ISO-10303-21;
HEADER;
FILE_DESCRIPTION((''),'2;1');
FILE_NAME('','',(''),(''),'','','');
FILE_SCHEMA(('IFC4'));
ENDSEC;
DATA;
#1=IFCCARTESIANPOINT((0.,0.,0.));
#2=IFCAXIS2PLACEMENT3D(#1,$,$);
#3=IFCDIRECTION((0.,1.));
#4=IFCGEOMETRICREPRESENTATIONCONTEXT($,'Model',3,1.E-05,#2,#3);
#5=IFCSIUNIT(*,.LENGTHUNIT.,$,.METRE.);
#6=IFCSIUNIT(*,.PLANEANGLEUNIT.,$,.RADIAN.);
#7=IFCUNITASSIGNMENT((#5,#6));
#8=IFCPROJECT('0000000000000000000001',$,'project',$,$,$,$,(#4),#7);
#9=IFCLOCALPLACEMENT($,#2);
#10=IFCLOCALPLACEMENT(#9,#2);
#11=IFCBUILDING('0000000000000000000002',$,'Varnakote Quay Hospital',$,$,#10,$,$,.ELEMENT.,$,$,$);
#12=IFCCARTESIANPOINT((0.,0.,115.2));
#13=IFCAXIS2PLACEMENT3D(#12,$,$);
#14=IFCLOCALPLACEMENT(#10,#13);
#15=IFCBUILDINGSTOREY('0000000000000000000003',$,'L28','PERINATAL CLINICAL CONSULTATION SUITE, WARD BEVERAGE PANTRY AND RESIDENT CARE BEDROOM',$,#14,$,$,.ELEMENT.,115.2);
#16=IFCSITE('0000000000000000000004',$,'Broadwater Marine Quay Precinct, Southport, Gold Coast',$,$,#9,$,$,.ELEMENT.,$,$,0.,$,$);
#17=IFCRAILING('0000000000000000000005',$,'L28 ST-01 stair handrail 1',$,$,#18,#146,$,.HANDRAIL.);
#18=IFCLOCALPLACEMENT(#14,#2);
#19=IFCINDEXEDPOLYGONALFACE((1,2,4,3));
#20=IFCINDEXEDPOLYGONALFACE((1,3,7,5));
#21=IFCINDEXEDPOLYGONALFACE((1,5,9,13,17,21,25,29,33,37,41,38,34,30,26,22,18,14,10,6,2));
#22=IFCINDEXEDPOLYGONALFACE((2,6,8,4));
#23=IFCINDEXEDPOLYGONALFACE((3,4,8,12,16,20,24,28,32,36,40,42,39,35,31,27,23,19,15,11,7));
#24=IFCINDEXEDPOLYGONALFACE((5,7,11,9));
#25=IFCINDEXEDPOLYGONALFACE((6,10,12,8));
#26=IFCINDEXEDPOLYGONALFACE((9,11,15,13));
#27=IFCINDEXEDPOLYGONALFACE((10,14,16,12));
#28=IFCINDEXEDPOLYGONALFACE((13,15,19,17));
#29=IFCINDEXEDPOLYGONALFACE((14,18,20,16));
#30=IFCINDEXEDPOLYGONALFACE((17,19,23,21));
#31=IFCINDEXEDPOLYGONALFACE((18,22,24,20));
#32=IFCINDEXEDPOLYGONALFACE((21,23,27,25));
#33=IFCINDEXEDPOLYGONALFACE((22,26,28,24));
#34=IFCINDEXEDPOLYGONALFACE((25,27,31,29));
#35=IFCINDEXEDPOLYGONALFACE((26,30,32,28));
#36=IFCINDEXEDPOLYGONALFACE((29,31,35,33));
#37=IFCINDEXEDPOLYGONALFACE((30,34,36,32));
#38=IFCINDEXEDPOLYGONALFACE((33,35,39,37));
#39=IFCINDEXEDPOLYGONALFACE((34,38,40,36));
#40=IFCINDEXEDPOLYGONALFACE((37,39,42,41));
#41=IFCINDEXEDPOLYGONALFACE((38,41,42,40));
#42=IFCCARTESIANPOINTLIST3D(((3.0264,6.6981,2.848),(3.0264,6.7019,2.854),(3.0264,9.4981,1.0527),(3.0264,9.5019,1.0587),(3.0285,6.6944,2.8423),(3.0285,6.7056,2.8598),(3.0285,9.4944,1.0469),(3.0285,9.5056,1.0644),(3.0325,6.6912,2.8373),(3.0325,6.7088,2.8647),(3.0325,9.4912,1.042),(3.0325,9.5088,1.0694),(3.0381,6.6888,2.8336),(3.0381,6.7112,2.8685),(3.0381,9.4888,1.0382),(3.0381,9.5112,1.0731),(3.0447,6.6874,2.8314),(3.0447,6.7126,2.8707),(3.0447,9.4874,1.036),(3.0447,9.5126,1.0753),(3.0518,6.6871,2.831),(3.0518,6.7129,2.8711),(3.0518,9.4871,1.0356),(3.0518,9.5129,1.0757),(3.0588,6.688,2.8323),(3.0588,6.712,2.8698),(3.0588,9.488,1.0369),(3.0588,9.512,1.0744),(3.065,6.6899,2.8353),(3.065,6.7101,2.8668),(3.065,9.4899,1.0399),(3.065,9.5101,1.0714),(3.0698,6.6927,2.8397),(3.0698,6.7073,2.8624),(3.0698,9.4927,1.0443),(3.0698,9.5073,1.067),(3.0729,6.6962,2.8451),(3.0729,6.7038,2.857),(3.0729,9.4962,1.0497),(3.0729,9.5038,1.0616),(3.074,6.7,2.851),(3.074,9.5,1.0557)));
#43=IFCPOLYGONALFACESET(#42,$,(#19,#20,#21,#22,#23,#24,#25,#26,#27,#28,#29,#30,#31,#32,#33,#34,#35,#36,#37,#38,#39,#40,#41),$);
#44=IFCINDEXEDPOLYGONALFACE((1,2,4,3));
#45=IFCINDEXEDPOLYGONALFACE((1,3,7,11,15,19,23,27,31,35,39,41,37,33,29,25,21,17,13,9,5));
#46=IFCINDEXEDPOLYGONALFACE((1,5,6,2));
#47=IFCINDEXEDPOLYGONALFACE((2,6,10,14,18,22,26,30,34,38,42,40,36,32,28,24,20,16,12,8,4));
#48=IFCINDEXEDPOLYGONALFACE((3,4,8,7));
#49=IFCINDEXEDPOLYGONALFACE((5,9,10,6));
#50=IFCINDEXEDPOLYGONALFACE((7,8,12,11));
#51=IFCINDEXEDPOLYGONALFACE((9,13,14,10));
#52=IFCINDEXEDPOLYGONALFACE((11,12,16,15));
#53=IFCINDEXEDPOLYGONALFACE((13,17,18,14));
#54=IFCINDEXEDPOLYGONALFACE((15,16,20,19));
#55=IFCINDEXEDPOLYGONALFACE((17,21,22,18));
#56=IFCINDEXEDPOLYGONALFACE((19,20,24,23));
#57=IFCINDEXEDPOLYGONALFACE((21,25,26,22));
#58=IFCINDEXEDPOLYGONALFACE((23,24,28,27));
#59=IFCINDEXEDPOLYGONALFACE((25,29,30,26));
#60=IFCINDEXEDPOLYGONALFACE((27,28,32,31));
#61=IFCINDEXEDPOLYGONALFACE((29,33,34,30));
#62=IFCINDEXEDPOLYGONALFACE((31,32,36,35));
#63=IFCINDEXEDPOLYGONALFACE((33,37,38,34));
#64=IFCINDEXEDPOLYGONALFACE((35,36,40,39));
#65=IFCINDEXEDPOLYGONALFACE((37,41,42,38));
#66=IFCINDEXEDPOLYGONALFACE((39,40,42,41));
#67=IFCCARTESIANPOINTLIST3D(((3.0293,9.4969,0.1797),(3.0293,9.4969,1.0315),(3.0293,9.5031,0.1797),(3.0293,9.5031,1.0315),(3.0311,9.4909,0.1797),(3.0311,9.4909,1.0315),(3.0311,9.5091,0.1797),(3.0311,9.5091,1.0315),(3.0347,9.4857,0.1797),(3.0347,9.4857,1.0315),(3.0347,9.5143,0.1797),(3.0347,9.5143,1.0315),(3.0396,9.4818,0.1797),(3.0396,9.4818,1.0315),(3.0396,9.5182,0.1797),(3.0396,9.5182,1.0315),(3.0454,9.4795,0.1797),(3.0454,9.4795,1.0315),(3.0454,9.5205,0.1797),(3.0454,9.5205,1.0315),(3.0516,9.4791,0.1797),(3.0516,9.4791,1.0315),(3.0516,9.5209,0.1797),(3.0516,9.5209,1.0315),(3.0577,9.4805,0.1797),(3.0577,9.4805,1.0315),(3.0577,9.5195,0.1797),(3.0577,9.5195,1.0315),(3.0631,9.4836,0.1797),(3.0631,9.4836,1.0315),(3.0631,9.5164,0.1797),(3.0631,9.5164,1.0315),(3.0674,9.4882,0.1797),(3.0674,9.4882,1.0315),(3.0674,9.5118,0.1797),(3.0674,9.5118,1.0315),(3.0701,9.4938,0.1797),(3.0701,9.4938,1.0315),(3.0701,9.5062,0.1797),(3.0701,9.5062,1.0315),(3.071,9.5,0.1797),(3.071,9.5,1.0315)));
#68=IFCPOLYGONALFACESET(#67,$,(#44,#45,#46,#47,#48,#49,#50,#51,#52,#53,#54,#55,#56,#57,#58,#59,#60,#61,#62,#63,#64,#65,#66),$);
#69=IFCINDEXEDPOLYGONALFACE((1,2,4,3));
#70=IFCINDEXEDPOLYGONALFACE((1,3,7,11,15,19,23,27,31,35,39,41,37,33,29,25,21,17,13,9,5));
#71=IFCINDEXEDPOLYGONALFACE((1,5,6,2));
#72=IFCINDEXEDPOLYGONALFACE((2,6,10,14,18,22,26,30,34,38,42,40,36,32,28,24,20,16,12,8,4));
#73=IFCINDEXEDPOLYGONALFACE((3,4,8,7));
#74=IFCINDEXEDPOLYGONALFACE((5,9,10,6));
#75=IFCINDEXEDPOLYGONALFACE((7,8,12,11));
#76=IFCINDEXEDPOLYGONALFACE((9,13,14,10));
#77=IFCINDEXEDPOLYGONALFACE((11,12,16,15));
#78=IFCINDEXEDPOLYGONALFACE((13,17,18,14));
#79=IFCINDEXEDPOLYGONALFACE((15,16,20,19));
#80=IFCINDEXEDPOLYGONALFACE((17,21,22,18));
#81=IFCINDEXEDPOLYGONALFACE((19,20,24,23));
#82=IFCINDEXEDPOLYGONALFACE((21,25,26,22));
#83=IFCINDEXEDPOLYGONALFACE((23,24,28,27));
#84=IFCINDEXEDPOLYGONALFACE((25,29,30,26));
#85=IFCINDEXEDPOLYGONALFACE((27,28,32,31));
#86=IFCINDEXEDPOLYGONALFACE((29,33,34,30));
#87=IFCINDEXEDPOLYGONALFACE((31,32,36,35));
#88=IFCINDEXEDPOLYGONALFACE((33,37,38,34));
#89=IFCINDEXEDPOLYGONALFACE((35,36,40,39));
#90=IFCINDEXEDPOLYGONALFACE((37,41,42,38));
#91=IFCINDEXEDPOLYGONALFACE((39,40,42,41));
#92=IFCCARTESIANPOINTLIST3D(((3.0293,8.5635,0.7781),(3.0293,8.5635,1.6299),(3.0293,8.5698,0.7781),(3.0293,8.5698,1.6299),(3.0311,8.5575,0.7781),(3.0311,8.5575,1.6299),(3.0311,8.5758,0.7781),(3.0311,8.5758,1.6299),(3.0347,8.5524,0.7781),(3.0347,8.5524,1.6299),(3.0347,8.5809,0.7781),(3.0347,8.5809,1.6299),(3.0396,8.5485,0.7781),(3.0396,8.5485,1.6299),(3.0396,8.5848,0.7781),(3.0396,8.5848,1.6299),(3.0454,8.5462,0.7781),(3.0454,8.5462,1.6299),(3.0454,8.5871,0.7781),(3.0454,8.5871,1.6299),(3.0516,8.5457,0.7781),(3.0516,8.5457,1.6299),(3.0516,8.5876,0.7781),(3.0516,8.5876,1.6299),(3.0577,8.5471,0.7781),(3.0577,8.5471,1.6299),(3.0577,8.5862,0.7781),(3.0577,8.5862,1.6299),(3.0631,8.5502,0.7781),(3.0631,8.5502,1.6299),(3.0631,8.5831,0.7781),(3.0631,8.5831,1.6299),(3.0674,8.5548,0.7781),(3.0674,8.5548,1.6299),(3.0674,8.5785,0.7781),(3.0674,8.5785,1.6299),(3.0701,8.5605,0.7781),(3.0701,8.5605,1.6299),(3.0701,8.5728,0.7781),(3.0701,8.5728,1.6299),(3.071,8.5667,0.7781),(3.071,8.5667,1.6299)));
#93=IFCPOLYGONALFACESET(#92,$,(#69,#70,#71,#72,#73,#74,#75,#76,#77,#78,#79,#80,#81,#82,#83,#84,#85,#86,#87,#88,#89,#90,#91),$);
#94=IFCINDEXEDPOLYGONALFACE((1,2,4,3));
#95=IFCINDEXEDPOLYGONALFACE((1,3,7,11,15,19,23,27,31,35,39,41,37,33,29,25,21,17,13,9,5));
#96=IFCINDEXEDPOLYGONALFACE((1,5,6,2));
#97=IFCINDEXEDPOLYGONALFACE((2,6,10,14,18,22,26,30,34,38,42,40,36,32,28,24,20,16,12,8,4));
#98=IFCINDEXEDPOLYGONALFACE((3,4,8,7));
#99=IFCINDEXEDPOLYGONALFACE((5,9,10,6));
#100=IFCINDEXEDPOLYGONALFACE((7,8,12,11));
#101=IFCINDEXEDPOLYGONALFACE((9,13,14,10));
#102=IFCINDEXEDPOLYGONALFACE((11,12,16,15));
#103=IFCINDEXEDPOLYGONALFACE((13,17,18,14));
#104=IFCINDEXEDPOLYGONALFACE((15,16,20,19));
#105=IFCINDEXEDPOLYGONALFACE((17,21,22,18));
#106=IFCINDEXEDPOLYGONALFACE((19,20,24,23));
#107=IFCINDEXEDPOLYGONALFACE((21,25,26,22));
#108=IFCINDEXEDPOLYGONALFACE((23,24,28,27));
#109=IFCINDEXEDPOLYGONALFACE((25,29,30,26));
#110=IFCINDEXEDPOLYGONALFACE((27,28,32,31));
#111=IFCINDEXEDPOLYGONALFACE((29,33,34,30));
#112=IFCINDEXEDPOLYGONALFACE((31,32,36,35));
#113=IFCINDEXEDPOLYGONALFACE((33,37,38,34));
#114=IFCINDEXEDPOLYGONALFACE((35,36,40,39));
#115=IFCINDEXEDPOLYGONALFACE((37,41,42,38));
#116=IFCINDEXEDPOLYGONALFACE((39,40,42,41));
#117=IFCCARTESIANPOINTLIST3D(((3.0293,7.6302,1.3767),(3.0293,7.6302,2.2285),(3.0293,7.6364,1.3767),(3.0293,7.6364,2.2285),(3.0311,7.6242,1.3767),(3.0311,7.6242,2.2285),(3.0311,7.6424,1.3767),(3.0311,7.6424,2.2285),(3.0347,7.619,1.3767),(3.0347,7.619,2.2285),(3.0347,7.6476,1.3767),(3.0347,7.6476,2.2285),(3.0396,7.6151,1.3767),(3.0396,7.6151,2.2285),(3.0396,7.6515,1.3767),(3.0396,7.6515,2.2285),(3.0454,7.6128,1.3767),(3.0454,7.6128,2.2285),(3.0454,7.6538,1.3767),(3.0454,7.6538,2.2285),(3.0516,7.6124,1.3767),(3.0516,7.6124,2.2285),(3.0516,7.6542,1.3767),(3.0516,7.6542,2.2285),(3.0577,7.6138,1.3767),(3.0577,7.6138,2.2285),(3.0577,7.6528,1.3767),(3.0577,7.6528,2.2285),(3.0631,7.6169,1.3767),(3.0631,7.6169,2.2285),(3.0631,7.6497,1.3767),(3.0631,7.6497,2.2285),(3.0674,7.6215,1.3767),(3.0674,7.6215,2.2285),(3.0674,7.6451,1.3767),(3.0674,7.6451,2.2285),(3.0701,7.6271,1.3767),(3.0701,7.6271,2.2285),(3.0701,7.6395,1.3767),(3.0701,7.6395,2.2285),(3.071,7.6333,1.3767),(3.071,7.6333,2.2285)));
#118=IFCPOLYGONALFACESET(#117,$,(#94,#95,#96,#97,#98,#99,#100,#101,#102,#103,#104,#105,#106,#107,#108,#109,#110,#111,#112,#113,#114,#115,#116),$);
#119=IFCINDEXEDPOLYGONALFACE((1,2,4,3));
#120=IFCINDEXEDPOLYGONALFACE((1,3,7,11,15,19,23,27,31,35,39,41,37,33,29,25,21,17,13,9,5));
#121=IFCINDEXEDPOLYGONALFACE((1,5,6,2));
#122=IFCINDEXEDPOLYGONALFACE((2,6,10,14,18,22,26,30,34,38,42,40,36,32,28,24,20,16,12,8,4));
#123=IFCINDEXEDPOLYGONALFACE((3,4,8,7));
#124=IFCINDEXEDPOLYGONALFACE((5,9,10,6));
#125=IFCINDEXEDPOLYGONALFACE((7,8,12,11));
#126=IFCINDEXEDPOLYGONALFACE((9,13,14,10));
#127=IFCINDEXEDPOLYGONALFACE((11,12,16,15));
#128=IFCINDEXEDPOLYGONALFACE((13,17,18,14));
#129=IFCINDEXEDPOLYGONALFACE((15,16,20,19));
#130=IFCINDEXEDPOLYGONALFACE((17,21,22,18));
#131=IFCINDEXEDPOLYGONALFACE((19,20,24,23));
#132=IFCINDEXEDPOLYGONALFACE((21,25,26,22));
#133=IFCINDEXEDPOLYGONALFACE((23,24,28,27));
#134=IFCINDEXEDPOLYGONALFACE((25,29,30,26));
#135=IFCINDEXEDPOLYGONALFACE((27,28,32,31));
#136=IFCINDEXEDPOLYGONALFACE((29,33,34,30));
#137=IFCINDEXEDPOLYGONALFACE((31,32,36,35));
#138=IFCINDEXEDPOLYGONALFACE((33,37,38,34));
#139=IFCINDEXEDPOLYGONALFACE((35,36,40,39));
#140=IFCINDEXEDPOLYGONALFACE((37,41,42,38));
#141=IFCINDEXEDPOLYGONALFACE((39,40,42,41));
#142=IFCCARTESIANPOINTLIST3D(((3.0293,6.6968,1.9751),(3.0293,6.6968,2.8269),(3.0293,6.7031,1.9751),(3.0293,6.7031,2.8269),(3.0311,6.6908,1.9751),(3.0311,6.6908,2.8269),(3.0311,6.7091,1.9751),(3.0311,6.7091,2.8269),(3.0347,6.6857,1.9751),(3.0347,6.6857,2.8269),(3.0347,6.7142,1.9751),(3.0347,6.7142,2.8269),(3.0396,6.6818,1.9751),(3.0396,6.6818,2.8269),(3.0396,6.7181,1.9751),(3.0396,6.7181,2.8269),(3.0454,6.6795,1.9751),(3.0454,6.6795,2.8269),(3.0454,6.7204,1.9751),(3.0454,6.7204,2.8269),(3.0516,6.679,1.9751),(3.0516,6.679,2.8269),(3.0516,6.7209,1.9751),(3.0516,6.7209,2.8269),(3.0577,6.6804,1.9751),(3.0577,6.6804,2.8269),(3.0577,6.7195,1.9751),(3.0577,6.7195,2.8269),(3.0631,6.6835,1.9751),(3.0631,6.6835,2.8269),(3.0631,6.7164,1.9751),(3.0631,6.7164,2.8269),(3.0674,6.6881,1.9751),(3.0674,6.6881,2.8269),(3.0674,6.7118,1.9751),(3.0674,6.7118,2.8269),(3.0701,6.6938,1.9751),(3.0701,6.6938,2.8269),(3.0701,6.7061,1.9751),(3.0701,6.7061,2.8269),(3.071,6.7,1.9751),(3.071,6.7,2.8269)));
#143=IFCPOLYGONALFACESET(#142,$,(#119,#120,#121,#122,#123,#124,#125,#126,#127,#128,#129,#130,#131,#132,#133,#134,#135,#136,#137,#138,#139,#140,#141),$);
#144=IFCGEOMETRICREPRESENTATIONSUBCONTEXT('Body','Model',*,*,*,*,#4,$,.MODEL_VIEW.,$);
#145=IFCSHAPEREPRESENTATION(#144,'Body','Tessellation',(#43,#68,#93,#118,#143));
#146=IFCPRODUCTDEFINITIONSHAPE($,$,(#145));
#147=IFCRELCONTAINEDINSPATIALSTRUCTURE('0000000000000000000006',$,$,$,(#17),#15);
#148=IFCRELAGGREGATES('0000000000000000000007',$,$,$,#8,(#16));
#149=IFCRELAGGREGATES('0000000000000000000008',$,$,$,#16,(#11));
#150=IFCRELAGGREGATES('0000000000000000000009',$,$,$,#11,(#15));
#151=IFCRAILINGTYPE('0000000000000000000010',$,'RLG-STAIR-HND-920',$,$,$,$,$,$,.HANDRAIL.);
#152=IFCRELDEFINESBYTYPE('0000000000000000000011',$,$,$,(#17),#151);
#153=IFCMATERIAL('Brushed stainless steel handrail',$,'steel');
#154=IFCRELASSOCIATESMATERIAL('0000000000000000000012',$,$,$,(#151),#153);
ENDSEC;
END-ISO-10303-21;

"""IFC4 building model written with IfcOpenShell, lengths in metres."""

from ifc_helpers import new_model, si_unit, direction, frame, origin, origin_2d, place, context, subcontext, project, spatial, circle, extrude, material, type_object, element, save


model = new_model("IFC4")

# Units and contexts
model_context = context("Model", 3, precision=1e-05, world=origin(), true_north=direction((0.0, 1.0)))
body_context = subcontext(model_context, "Body", "Model", "MODEL_VIEW")
ifc_project = project(units=[si_unit("LENGTHUNIT", "METRE"), si_unit("PLANEANGLEUNIT", "RADIAN")], contexts=[model_context])

# Site, building, storey
site_placement = place(None, origin())
site = spatial("IfcSite", under=ifc_project, at=site_placement, Name="Broadwater Marine Quay Precinct, Southport, Gold Coast", CompositionType="ELEMENT", RefElevation=0.0)
building_placement = place(site_placement, origin())
building = spatial("IfcBuilding", under=site, at=building_placement, Name="Varnakote Quay Hospital", CompositionType="ELEMENT")
storey_placement = place(building_placement, frame((0.0, 0.0, 115.2)))
storey = spatial("IfcBuildingStorey", under=building, at=storey_placement, Name="L28", Description="PERINATAL CLINICAL CONSULTATION SUITE, WARD BEVERAGE PANTRY AND RESIDENT CARE BEDROOM", CompositionType="ELEMENT", Elevation=115.2)

# Railing
ifc_material_1 = material(Name="Brushed stainless steel handrail", Category="steel")
railing_type_1 = type_object("IfcRailingType", Name="RLG-STAIR-HND-920", PredefinedType="HANDRAIL", material=ifc_material_1)
railing_1_placement = place(storey_placement, frame((3.05, 9.5, 0.1797)))
element("IfcRailing", 1, at=railing_1_placement, inside=storey, type_object=railing_type_1, Name="L28 ST-01 stair handrail 1", PredefinedType="HANDRAIL", context=body_context, shape_type="SweptSolid", body=[
    extrude(circle(Radius=0.0239, at=origin_2d()), frame((0.0, 0.0, 0.876), z_axis=(0.0, -0.84181, 0.539774), x_axis=(1.0, 0.0, 0.0)), (0.0, 0.0, 1.0), 3.3262),
    extrude(circle(Radius=0.021, at=origin_2d()), origin(), (0.0, 0.0, 1.0), 0.8518),
    extrude(circle(Radius=0.021, at=origin_2d()), frame((0.0, -0.9333, 0.5984)), (0.0, 0.0, 1.0), 0.8518),
    extrude(circle(Radius=0.021, at=origin_2d()), frame((0.0, -1.8667, 1.197)), (0.0, 0.0, 1.0), 0.8518),
    extrude(circle(Radius=0.021, at=origin_2d()), frame((0.0, -2.8, 1.7954)), (0.0, 0.0, 1.0), 0.8518),
])

save(model, "model.ifc")
